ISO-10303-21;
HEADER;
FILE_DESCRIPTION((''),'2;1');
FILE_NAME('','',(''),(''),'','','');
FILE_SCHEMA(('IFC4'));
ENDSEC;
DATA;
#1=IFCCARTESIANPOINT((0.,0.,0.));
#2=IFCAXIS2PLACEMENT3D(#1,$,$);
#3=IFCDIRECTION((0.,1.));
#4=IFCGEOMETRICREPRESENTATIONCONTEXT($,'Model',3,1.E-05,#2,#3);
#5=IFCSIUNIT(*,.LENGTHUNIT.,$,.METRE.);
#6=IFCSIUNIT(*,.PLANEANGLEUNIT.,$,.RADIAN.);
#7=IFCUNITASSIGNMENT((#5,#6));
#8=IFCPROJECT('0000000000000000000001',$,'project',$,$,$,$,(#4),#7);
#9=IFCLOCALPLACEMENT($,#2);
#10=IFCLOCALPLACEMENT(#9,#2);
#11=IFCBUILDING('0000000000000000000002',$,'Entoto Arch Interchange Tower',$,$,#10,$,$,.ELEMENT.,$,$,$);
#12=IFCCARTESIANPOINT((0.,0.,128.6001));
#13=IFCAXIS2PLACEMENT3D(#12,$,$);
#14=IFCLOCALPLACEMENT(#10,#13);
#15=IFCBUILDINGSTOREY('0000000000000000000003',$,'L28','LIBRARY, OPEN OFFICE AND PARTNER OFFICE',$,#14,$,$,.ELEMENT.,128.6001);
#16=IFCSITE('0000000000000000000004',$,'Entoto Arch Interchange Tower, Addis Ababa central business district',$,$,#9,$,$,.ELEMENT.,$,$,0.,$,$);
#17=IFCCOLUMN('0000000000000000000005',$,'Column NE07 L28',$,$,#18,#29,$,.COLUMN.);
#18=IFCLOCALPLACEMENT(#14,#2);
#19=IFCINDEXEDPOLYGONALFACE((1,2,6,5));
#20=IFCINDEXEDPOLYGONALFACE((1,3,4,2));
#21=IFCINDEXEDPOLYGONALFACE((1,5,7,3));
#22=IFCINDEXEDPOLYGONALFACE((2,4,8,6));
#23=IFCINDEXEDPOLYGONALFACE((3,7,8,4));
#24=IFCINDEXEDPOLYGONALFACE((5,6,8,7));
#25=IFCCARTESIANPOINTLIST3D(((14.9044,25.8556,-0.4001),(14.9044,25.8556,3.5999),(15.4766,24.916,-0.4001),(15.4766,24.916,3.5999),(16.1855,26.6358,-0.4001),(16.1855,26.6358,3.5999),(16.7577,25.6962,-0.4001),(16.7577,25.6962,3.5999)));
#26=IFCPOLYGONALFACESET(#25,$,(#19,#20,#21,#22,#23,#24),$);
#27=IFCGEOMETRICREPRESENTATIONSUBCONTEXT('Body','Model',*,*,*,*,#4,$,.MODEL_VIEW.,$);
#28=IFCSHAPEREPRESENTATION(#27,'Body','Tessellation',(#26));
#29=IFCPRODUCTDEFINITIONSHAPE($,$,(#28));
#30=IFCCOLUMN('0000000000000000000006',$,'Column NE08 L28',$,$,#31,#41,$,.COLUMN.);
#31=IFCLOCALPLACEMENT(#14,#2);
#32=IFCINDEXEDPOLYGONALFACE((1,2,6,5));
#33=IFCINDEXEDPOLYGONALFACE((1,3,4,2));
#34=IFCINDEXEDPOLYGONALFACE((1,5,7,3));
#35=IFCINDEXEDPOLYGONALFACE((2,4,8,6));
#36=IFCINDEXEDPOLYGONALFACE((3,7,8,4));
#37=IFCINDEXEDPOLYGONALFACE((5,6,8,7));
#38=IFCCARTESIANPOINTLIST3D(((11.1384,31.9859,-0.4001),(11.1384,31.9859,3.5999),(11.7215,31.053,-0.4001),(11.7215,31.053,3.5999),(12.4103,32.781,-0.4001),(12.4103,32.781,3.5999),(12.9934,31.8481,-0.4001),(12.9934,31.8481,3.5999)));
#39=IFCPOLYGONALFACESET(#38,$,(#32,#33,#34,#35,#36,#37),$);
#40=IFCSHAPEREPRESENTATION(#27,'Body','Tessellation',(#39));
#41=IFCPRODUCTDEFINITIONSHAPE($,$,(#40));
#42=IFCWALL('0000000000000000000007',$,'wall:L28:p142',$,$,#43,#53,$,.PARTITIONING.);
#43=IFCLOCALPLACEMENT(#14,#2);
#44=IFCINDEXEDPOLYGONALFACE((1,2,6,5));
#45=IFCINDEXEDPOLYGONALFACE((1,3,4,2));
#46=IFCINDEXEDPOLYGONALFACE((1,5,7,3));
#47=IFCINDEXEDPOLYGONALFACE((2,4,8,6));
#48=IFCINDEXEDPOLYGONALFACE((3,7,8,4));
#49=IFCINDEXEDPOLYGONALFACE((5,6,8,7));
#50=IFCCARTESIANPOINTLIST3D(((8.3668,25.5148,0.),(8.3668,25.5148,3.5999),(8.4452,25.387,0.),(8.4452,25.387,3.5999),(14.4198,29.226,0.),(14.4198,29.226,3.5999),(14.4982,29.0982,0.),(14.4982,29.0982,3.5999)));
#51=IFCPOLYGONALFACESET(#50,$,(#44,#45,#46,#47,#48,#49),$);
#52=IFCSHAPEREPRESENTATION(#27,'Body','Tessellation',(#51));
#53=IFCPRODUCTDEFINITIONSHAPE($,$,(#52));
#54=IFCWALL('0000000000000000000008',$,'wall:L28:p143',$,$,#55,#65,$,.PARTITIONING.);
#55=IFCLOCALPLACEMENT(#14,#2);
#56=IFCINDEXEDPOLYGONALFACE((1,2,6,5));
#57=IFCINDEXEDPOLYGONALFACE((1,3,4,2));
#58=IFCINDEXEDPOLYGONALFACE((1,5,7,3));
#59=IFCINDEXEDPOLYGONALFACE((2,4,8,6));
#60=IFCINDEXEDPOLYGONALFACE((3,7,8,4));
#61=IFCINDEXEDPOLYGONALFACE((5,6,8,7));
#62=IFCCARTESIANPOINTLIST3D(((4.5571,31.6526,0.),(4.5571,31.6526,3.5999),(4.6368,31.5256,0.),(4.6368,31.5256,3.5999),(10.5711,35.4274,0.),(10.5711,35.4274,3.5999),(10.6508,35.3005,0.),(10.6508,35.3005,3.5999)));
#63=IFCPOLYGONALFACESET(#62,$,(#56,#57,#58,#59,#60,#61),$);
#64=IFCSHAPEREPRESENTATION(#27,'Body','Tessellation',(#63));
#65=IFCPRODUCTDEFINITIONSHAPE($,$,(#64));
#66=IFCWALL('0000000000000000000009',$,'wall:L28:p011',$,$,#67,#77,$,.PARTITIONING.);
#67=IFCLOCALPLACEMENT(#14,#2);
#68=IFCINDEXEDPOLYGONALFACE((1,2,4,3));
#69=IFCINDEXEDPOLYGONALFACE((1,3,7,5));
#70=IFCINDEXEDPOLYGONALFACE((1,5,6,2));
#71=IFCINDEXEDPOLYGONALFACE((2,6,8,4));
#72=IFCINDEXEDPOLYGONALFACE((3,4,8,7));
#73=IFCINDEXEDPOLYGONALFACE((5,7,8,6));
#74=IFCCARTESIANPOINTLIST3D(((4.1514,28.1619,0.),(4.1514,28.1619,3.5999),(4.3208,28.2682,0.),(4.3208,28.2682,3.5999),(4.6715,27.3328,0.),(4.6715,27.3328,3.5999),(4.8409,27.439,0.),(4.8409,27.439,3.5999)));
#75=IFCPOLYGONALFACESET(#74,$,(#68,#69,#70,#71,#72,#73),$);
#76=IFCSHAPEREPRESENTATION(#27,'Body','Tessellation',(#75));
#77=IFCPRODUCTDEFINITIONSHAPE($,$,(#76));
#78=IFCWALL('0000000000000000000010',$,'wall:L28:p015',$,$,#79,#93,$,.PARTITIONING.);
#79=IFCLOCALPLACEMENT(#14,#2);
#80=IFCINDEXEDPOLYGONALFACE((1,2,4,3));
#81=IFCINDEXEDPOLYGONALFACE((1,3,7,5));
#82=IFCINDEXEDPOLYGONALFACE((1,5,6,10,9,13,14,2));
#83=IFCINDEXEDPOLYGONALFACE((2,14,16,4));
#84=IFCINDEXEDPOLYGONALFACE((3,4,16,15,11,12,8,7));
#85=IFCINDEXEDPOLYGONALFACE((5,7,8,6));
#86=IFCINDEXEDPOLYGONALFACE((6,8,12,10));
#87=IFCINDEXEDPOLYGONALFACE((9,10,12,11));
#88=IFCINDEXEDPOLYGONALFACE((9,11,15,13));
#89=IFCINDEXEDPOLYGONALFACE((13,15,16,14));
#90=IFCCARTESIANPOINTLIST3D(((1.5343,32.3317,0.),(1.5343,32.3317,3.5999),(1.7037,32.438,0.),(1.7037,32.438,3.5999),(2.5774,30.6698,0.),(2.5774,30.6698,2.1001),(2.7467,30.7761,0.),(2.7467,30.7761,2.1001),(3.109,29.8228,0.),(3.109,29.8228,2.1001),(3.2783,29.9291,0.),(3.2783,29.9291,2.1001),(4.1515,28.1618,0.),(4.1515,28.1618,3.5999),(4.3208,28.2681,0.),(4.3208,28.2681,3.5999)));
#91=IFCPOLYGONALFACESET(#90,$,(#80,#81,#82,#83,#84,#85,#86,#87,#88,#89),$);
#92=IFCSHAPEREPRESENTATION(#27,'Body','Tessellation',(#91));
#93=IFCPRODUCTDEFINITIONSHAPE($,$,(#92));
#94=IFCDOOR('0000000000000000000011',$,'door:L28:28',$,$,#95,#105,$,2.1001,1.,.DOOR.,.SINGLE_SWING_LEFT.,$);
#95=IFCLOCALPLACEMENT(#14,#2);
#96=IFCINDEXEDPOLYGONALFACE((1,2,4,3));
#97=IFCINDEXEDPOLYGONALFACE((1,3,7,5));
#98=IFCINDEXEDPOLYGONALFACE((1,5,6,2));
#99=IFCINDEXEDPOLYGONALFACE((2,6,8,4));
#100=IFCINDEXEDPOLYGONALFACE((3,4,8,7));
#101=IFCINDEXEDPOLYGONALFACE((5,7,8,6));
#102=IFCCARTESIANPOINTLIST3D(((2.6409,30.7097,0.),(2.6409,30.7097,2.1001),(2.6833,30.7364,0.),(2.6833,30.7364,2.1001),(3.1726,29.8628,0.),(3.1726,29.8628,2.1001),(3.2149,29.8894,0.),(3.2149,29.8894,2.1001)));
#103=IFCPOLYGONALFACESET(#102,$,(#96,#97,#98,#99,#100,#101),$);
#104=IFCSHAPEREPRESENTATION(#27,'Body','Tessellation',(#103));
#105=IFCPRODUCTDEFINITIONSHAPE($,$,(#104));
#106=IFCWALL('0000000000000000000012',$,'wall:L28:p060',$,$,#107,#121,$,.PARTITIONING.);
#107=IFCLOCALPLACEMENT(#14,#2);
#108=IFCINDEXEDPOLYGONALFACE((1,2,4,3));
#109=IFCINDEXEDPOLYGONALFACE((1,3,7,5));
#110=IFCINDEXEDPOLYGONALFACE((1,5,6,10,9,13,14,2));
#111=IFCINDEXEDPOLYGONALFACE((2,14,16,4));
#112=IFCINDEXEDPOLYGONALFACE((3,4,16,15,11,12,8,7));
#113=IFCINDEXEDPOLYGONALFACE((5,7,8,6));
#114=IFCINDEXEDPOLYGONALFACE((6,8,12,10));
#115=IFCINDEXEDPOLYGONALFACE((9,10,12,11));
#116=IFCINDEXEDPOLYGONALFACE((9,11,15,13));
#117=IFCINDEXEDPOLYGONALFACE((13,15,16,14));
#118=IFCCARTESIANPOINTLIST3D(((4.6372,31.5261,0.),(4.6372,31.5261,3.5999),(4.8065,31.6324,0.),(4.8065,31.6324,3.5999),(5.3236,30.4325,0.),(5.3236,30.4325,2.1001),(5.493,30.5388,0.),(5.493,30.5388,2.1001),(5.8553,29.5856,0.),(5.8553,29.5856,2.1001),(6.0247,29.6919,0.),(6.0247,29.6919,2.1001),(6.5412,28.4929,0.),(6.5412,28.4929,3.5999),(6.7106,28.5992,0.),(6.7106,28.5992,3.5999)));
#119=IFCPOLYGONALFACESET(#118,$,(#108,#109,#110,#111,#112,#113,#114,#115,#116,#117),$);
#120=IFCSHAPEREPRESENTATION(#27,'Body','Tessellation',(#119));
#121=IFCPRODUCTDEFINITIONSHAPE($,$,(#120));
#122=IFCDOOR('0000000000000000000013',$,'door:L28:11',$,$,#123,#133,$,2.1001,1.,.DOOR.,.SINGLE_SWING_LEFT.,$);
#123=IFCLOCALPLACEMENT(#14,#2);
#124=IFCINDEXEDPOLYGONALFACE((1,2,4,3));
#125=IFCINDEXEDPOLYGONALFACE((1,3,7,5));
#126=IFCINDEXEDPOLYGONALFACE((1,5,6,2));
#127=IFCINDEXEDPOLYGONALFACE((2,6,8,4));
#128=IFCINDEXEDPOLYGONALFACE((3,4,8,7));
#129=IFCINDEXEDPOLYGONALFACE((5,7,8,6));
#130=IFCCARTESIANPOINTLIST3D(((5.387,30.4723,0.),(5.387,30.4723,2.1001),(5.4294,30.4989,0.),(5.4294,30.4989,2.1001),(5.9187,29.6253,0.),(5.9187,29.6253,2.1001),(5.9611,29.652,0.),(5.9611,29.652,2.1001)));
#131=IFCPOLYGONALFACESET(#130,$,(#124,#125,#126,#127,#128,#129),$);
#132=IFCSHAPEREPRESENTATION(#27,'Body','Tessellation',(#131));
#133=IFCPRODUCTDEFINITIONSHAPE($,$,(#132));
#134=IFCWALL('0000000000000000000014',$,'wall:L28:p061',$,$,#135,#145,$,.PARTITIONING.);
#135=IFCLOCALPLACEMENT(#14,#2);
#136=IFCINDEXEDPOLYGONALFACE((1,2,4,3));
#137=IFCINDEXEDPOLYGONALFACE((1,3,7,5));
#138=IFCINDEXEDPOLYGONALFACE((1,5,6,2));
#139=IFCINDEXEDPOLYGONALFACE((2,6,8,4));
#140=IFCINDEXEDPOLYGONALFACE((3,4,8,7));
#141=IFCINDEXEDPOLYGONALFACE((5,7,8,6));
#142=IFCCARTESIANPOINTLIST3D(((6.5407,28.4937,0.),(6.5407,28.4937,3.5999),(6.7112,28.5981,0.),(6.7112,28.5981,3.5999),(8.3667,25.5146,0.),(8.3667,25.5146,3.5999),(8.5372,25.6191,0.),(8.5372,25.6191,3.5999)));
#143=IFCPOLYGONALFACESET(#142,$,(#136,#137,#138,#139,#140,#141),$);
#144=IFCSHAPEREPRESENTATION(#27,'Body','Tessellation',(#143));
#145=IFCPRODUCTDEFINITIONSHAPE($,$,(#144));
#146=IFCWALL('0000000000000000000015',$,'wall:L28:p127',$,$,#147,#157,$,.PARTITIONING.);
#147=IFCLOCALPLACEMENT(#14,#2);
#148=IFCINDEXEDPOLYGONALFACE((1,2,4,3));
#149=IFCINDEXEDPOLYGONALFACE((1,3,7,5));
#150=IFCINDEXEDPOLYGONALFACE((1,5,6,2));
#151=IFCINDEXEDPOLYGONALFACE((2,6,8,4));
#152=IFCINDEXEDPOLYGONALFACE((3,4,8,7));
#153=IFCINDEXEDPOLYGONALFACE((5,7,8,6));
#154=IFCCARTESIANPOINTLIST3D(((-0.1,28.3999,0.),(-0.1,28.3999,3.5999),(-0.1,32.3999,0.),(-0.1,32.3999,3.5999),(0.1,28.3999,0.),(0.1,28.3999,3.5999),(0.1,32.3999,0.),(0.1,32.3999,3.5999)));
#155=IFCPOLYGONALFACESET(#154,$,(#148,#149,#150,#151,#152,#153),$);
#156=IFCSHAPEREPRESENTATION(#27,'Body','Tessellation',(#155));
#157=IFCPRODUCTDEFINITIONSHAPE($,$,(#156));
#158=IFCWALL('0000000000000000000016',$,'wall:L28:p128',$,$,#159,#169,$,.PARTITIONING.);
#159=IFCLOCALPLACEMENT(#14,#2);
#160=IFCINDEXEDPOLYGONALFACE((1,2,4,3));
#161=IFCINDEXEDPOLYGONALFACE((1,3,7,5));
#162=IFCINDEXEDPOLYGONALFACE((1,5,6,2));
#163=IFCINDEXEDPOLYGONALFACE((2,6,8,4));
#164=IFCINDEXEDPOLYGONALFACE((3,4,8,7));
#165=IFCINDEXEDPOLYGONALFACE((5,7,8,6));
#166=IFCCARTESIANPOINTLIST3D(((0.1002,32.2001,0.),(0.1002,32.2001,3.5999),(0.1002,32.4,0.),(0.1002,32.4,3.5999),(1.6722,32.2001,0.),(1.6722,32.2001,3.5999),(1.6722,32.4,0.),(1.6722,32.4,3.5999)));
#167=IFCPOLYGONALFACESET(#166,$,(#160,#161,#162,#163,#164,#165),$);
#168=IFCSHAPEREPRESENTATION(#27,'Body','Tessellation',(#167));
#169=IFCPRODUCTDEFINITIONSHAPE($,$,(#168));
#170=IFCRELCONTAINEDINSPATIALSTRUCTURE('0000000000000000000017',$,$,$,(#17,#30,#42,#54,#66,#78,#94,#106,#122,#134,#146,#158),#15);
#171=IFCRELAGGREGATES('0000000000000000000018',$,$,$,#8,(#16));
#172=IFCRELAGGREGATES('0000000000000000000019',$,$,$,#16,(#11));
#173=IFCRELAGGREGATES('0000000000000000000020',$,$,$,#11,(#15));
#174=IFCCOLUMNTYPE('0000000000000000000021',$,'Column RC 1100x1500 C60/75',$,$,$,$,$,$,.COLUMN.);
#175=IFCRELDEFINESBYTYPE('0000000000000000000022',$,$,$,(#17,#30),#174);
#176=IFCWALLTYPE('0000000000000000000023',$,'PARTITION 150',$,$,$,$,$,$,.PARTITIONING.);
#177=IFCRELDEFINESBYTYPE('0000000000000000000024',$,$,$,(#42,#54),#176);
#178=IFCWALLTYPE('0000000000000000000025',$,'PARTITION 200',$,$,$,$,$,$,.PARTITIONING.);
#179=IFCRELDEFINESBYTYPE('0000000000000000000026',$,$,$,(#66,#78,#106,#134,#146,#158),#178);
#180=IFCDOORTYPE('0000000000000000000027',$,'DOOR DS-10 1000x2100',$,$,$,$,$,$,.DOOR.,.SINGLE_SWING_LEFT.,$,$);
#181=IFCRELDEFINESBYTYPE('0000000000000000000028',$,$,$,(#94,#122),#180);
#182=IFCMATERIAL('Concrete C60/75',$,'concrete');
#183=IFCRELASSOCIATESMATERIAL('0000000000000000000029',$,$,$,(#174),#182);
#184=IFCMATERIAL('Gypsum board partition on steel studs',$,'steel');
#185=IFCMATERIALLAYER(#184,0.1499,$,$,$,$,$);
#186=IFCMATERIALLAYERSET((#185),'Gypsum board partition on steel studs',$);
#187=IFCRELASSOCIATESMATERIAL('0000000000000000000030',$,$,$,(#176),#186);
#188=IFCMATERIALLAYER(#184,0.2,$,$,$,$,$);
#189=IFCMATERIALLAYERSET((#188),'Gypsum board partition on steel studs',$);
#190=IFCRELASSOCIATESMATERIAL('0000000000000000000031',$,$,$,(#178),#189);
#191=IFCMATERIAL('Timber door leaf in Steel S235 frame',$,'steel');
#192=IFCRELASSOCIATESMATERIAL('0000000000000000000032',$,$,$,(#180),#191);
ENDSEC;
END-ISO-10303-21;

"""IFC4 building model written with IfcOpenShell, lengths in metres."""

from ifc_helpers import new_model, si_unit, direction, frame, frame_2d, origin, origin_2d, place, context, subcontext, project, spatial, rectangle, extrude, material, layer, layer_set, material_profile, profile_set, type_object, element, fill, save


model = new_model("IFC4")

# Units and contexts
model_context = context("Model", 3, precision=1e-05, world=origin(), true_north=direction((0.0, 1.0)))
body_context = subcontext(model_context, "Body", "Model", "MODEL_VIEW")
ifc_project = project(units=[si_unit("LENGTHUNIT", "METRE"), si_unit("PLANEANGLEUNIT", "RADIAN")], contexts=[model_context])

# Site, building, storey
site_placement = place(None, origin())
site = spatial("IfcSite", under=ifc_project, at=site_placement, Name="Entoto Arch Interchange Tower, Addis Ababa central business district", CompositionType="ELEMENT", RefElevation=0.0)
building_placement = place(site_placement, origin())
building = spatial("IfcBuilding", under=site, at=building_placement, Name="Entoto Arch Interchange Tower", CompositionType="ELEMENT")
storey_placement = place(building_placement, frame((0.0, 0.0, 128.6001)))
storey = spatial("IfcBuildingStorey", under=building, at=storey_placement, Name="L28", Description="LIBRARY, OPEN OFFICE AND PARTNER OFFICE", CompositionType="ELEMENT", Elevation=128.6001)

# Columns
ifc_material_1 = material(Name="Concrete C60/75", Category="concrete")
ifc_material_profile = material_profile(ifc_material_1, rectangle(XDim=1.1001, YDim=1.5, at=origin_2d()))
ifc_profile_set = profile_set([ifc_material_profile], Name="Concrete C60/75")
column_type = type_object("IfcColumnType", Name="Column RC 1100x1500 C60/75", PredefinedType="COLUMN", material=ifc_profile_set)
for number, where, z_axis, x_axis, name in (
    (1, (15.8311, 25.7759, -0.4001), (0.0, 0.0, 1.0), (-0.520116, 0.854096, 0.0), "Column NE07 L28"),
    (2, (12.0659, 31.917, -0.4001), (0.0, 0.0, 1.0), (-0.530067, 0.847956, 0.0), "Column NE08 L28"),
):
    element("IfcColumn", number, at=place(storey_placement, frame(where, z_axis=z_axis, x_axis=x_axis)), inside=storey, type_object=column_type, Name=name, PredefinedType="COLUMN", context=body_context, shape_type="SweptSolid", body=[
        extrude(rectangle(XDim=1.1001, YDim=1.5, at=origin_2d()), origin(), (0.0, 0.0, 1.0), 4.0),
    ])

# Walls
ifc_material_2 = material(Name="Gypsum board partition on steel studs", Category="steel")
ifc_layer_1 = layer(ifc_material_2, 0.1499)
ifc_layer_set_1 = layer_set([ifc_layer_1], Name="Gypsum board partition on steel studs")
wall_type_1 = type_object("IfcWallType", Name="PARTITION 150", PredefinedType="PARTITIONING", material=ifc_layer_set_1)
wall_1_placement = place(storey_placement, frame((8.406, 25.4509, 0.0), z_axis=(0.0, 0.0, 1.0), x_axis=(0.85252, 0.522694, 0.0)))
element("IfcWall", 3, at=wall_1_placement, inside=storey, type_object=wall_type_1, Name="wall:L28:p142", PredefinedType="PARTITIONING", context=body_context, shape_type="SweptSolid", body=[
    extrude(rectangle(XDim=7.1001, YDim=0.1499, at=frame_2d((3.55, 0.0))), origin(), (0.0, 0.0, 1.0), 3.5999),
])
wall_2_placement = place(storey_placement, frame((4.5969, 31.5891, 0.0), z_axis=(0.0, 0.0, 1.0), x_axis=(0.846981, 0.531624, 0.0)))
element("IfcWall", 4, at=wall_2_placement, inside=storey, type_object=wall_type_1, Name="wall:L28:p143", PredefinedType="PARTITIONING", context=body_context, shape_type="SweptSolid", body=[
    extrude(rectangle(XDim=7.1006, YDim=0.1499, at=frame_2d((3.5503, 0.0))), origin(), (0.0, 0.0, 1.0), 3.5999),
])
ifc_layer_2 = layer(ifc_material_2, 0.2)
ifc_layer_set_2 = layer_set([ifc_layer_2], Name="Gypsum board partition on steel studs")
wall_type_2 = type_object("IfcWallType", Name="PARTITION 200", PredefinedType="PARTITIONING", material=ifc_layer_set_2)
wall_3_placement = place(storey_placement, frame((4.7561, 27.386, 0.0), z_axis=(0.0, 0.0, 1.0), x_axis=(-0.531344, 0.847156, 0.0)))
element("IfcWall", 5, at=wall_3_placement, inside=storey, type_object=wall_type_2, Name="wall:L28:p011", PredefinedType="PARTITIONING", context=body_context, shape_type="SweptSolid", body=[
    extrude(rectangle(XDim=0.9788, YDim=0.2, at=frame_2d((0.4893, 0.0))), origin(), (0.0, 0.0, 1.0), 3.5999),
])

# Walls, openings, doors
wall_4_placement = place(storey_placement, frame((4.2361, 28.2151, 0.0), z_axis=(0.0, 0.0, 1.0), x_axis=(-0.531603, 0.846994, 0.0)))
wall_4 = element("IfcWall", 6, at=wall_4_placement, inside=storey, type_object=wall_type_2, Name="wall:L28:p015", PredefinedType="PARTITIONING", context=body_context, shape_type="SweptSolid", body=[
    extrude(rectangle(XDim=4.9231, YDim=0.2, at=frame_2d((2.4614, 0.0))), origin(), (0.0, 0.0, 1.0), 3.5999),
])
opening_1_placement = place(wall_4_placement, frame((1.9609, 0.0, 0.0)))
opening_1 = element("IfcOpeningElement", 7, at=opening_1_placement, cuts=wall_4, PredefinedType="OPENING", context=body_context, shape_type="SweptSolid", body=[
    extrude(rectangle(XDim=1.0, YDim=2.1001, at=frame_2d((0.5, 1.05))), frame((0.0, 0.1099, 0.0), z_axis=(0.0, -1.0, 0.0), x_axis=(1.0, 0.0, 0.0)), (0.0, 0.0, 1.0), 0.22),
])
ifc_material_3 = material(Name="Timber door leaf in Steel S235 frame", Category="steel")
door_type = type_object("IfcDoorType", Name="DOOR DS-10 1000x2100", OperationType="SINGLE_SWING_LEFT", PredefinedType="DOOR", material=ifc_material_3)
door_1_placement = place(opening_1_placement, origin())
door_1 = element("IfcDoor", 8, at=door_1_placement, inside=storey, type_object=door_type, Name="door:L28:28", OperationType="SINGLE_SWING_LEFT", OverallHeight=2.1001, OverallWidth=1.0, PredefinedType="DOOR", context=body_context, shape_type="SweptSolid", body=[
    extrude(rectangle(XDim=1.0, YDim=2.1001, at=frame_2d((0.5, 1.05))), frame((0.0, 0.0249, 0.0), z_axis=(0.0, -1.0, 0.0), x_axis=(1.0, 0.0, 0.0)), (0.0, 0.0, 1.0), 0.05),
])
fill(opening_1, door_1)
wall_5_placement = place(storey_placement, frame((4.7219, 31.5791, 0.0), z_axis=(0.0, 0.0, 1.0), x_axis=(0.531665, -0.846955, 0.0)))
wall_5 = element("IfcWall", 9, at=wall_5_placement, inside=storey, type_object=wall_type_2, Name="wall:L28:p060", PredefinedType="PARTITIONING", context=body_context, shape_type="SweptSolid", body=[
    extrude(rectangle(XDim=3.5813, YDim=0.2, at=frame_2d((1.7905, 0.0))), origin(), (0.0, 0.0, 1.0), 3.5999),
])
opening_2_placement = place(wall_5_placement, frame((1.291, 0.0, 0.0)))
opening_2 = element("IfcOpeningElement", 10, at=opening_2_placement, cuts=wall_5, PredefinedType="OPENING", context=body_context, shape_type="SweptSolid", body=[
    extrude(rectangle(XDim=1.0, YDim=2.1001, at=frame_2d((0.5, 1.05))), frame((0.0, 0.1099, 0.0), z_axis=(0.0, -1.0, 0.0), x_axis=(1.0, 0.0, 0.0)), (0.0, 0.0, 1.0), 0.22),
])
door_2_placement = place(opening_2_placement, origin())
door_2 = element("IfcDoor", 11, at=door_2_placement, inside=storey, type_object=door_type, Name="door:L28:11", OperationType="SINGLE_SWING_LEFT", OverallHeight=2.1001, OverallWidth=1.0, PredefinedType="DOOR", context=body_context, shape_type="SweptSolid", body=[
    extrude(rectangle(XDim=1.0, YDim=2.1001, at=frame_2d((0.5, 1.05))), frame((0.0, 0.0249, 0.0), z_axis=(0.0, -1.0, 0.0), x_axis=(1.0, 0.0, 0.0)), (0.0, 0.0, 1.0), 0.05),
])
fill(opening_2, door_2)

# Walls
wall_6_placement = place(storey_placement, frame((6.626, 28.5459, 0.0), z_axis=(0.0, 0.0, 1.0), x_axis=(0.52258, -0.85259, 0.0)))
element("IfcWall", 12, at=wall_6_placement, inside=storey, type_object=wall_type_2, Name="wall:L28:p061", PredefinedType="PARTITIONING", context=body_context, shape_type="SweptSolid", body=[
    extrude(rectangle(XDim=3.4941, YDim=0.2, at=frame_2d((1.7471, 0.0))), origin(), (0.0, 0.0, 1.0), 3.5999),
])
wall_7_placement = place(storey_placement, frame((0.0, 28.3999, 0.0), z_axis=(0.0, 0.0, 1.0), x_axis=(0.0, 1.0, 0.0)))
element("IfcWall", 13, at=wall_7_placement, inside=storey, type_object=wall_type_2, Name="wall:L28:p127", PredefinedType="PARTITIONING", context=body_context, shape_type="SweptSolid", body=[
    extrude(rectangle(XDim=4.0, YDim=0.2, at=frame_2d((2.0, 0.0))), origin(), (0.0, 0.0, 1.0), 3.5999),
])
wall_8_placement = place(storey_placement, frame((0.1001, 32.3, 0.0), z_axis=(0.0, 0.0, 1.0), x_axis=(1.0, 0.0, 0.0)))
element("IfcWall", 14, at=wall_8_placement, inside=storey, type_object=wall_type_2, Name="wall:L28:p128", PredefinedType="PARTITIONING", context=body_context, shape_type="SweptSolid", body=[
    extrude(rectangle(XDim=1.572, YDim=0.2, at=frame_2d((0.7861, 0.0))), origin(), (0.0, 0.0, 1.0), 3.5999),
])

save(model, "model.ifc")
